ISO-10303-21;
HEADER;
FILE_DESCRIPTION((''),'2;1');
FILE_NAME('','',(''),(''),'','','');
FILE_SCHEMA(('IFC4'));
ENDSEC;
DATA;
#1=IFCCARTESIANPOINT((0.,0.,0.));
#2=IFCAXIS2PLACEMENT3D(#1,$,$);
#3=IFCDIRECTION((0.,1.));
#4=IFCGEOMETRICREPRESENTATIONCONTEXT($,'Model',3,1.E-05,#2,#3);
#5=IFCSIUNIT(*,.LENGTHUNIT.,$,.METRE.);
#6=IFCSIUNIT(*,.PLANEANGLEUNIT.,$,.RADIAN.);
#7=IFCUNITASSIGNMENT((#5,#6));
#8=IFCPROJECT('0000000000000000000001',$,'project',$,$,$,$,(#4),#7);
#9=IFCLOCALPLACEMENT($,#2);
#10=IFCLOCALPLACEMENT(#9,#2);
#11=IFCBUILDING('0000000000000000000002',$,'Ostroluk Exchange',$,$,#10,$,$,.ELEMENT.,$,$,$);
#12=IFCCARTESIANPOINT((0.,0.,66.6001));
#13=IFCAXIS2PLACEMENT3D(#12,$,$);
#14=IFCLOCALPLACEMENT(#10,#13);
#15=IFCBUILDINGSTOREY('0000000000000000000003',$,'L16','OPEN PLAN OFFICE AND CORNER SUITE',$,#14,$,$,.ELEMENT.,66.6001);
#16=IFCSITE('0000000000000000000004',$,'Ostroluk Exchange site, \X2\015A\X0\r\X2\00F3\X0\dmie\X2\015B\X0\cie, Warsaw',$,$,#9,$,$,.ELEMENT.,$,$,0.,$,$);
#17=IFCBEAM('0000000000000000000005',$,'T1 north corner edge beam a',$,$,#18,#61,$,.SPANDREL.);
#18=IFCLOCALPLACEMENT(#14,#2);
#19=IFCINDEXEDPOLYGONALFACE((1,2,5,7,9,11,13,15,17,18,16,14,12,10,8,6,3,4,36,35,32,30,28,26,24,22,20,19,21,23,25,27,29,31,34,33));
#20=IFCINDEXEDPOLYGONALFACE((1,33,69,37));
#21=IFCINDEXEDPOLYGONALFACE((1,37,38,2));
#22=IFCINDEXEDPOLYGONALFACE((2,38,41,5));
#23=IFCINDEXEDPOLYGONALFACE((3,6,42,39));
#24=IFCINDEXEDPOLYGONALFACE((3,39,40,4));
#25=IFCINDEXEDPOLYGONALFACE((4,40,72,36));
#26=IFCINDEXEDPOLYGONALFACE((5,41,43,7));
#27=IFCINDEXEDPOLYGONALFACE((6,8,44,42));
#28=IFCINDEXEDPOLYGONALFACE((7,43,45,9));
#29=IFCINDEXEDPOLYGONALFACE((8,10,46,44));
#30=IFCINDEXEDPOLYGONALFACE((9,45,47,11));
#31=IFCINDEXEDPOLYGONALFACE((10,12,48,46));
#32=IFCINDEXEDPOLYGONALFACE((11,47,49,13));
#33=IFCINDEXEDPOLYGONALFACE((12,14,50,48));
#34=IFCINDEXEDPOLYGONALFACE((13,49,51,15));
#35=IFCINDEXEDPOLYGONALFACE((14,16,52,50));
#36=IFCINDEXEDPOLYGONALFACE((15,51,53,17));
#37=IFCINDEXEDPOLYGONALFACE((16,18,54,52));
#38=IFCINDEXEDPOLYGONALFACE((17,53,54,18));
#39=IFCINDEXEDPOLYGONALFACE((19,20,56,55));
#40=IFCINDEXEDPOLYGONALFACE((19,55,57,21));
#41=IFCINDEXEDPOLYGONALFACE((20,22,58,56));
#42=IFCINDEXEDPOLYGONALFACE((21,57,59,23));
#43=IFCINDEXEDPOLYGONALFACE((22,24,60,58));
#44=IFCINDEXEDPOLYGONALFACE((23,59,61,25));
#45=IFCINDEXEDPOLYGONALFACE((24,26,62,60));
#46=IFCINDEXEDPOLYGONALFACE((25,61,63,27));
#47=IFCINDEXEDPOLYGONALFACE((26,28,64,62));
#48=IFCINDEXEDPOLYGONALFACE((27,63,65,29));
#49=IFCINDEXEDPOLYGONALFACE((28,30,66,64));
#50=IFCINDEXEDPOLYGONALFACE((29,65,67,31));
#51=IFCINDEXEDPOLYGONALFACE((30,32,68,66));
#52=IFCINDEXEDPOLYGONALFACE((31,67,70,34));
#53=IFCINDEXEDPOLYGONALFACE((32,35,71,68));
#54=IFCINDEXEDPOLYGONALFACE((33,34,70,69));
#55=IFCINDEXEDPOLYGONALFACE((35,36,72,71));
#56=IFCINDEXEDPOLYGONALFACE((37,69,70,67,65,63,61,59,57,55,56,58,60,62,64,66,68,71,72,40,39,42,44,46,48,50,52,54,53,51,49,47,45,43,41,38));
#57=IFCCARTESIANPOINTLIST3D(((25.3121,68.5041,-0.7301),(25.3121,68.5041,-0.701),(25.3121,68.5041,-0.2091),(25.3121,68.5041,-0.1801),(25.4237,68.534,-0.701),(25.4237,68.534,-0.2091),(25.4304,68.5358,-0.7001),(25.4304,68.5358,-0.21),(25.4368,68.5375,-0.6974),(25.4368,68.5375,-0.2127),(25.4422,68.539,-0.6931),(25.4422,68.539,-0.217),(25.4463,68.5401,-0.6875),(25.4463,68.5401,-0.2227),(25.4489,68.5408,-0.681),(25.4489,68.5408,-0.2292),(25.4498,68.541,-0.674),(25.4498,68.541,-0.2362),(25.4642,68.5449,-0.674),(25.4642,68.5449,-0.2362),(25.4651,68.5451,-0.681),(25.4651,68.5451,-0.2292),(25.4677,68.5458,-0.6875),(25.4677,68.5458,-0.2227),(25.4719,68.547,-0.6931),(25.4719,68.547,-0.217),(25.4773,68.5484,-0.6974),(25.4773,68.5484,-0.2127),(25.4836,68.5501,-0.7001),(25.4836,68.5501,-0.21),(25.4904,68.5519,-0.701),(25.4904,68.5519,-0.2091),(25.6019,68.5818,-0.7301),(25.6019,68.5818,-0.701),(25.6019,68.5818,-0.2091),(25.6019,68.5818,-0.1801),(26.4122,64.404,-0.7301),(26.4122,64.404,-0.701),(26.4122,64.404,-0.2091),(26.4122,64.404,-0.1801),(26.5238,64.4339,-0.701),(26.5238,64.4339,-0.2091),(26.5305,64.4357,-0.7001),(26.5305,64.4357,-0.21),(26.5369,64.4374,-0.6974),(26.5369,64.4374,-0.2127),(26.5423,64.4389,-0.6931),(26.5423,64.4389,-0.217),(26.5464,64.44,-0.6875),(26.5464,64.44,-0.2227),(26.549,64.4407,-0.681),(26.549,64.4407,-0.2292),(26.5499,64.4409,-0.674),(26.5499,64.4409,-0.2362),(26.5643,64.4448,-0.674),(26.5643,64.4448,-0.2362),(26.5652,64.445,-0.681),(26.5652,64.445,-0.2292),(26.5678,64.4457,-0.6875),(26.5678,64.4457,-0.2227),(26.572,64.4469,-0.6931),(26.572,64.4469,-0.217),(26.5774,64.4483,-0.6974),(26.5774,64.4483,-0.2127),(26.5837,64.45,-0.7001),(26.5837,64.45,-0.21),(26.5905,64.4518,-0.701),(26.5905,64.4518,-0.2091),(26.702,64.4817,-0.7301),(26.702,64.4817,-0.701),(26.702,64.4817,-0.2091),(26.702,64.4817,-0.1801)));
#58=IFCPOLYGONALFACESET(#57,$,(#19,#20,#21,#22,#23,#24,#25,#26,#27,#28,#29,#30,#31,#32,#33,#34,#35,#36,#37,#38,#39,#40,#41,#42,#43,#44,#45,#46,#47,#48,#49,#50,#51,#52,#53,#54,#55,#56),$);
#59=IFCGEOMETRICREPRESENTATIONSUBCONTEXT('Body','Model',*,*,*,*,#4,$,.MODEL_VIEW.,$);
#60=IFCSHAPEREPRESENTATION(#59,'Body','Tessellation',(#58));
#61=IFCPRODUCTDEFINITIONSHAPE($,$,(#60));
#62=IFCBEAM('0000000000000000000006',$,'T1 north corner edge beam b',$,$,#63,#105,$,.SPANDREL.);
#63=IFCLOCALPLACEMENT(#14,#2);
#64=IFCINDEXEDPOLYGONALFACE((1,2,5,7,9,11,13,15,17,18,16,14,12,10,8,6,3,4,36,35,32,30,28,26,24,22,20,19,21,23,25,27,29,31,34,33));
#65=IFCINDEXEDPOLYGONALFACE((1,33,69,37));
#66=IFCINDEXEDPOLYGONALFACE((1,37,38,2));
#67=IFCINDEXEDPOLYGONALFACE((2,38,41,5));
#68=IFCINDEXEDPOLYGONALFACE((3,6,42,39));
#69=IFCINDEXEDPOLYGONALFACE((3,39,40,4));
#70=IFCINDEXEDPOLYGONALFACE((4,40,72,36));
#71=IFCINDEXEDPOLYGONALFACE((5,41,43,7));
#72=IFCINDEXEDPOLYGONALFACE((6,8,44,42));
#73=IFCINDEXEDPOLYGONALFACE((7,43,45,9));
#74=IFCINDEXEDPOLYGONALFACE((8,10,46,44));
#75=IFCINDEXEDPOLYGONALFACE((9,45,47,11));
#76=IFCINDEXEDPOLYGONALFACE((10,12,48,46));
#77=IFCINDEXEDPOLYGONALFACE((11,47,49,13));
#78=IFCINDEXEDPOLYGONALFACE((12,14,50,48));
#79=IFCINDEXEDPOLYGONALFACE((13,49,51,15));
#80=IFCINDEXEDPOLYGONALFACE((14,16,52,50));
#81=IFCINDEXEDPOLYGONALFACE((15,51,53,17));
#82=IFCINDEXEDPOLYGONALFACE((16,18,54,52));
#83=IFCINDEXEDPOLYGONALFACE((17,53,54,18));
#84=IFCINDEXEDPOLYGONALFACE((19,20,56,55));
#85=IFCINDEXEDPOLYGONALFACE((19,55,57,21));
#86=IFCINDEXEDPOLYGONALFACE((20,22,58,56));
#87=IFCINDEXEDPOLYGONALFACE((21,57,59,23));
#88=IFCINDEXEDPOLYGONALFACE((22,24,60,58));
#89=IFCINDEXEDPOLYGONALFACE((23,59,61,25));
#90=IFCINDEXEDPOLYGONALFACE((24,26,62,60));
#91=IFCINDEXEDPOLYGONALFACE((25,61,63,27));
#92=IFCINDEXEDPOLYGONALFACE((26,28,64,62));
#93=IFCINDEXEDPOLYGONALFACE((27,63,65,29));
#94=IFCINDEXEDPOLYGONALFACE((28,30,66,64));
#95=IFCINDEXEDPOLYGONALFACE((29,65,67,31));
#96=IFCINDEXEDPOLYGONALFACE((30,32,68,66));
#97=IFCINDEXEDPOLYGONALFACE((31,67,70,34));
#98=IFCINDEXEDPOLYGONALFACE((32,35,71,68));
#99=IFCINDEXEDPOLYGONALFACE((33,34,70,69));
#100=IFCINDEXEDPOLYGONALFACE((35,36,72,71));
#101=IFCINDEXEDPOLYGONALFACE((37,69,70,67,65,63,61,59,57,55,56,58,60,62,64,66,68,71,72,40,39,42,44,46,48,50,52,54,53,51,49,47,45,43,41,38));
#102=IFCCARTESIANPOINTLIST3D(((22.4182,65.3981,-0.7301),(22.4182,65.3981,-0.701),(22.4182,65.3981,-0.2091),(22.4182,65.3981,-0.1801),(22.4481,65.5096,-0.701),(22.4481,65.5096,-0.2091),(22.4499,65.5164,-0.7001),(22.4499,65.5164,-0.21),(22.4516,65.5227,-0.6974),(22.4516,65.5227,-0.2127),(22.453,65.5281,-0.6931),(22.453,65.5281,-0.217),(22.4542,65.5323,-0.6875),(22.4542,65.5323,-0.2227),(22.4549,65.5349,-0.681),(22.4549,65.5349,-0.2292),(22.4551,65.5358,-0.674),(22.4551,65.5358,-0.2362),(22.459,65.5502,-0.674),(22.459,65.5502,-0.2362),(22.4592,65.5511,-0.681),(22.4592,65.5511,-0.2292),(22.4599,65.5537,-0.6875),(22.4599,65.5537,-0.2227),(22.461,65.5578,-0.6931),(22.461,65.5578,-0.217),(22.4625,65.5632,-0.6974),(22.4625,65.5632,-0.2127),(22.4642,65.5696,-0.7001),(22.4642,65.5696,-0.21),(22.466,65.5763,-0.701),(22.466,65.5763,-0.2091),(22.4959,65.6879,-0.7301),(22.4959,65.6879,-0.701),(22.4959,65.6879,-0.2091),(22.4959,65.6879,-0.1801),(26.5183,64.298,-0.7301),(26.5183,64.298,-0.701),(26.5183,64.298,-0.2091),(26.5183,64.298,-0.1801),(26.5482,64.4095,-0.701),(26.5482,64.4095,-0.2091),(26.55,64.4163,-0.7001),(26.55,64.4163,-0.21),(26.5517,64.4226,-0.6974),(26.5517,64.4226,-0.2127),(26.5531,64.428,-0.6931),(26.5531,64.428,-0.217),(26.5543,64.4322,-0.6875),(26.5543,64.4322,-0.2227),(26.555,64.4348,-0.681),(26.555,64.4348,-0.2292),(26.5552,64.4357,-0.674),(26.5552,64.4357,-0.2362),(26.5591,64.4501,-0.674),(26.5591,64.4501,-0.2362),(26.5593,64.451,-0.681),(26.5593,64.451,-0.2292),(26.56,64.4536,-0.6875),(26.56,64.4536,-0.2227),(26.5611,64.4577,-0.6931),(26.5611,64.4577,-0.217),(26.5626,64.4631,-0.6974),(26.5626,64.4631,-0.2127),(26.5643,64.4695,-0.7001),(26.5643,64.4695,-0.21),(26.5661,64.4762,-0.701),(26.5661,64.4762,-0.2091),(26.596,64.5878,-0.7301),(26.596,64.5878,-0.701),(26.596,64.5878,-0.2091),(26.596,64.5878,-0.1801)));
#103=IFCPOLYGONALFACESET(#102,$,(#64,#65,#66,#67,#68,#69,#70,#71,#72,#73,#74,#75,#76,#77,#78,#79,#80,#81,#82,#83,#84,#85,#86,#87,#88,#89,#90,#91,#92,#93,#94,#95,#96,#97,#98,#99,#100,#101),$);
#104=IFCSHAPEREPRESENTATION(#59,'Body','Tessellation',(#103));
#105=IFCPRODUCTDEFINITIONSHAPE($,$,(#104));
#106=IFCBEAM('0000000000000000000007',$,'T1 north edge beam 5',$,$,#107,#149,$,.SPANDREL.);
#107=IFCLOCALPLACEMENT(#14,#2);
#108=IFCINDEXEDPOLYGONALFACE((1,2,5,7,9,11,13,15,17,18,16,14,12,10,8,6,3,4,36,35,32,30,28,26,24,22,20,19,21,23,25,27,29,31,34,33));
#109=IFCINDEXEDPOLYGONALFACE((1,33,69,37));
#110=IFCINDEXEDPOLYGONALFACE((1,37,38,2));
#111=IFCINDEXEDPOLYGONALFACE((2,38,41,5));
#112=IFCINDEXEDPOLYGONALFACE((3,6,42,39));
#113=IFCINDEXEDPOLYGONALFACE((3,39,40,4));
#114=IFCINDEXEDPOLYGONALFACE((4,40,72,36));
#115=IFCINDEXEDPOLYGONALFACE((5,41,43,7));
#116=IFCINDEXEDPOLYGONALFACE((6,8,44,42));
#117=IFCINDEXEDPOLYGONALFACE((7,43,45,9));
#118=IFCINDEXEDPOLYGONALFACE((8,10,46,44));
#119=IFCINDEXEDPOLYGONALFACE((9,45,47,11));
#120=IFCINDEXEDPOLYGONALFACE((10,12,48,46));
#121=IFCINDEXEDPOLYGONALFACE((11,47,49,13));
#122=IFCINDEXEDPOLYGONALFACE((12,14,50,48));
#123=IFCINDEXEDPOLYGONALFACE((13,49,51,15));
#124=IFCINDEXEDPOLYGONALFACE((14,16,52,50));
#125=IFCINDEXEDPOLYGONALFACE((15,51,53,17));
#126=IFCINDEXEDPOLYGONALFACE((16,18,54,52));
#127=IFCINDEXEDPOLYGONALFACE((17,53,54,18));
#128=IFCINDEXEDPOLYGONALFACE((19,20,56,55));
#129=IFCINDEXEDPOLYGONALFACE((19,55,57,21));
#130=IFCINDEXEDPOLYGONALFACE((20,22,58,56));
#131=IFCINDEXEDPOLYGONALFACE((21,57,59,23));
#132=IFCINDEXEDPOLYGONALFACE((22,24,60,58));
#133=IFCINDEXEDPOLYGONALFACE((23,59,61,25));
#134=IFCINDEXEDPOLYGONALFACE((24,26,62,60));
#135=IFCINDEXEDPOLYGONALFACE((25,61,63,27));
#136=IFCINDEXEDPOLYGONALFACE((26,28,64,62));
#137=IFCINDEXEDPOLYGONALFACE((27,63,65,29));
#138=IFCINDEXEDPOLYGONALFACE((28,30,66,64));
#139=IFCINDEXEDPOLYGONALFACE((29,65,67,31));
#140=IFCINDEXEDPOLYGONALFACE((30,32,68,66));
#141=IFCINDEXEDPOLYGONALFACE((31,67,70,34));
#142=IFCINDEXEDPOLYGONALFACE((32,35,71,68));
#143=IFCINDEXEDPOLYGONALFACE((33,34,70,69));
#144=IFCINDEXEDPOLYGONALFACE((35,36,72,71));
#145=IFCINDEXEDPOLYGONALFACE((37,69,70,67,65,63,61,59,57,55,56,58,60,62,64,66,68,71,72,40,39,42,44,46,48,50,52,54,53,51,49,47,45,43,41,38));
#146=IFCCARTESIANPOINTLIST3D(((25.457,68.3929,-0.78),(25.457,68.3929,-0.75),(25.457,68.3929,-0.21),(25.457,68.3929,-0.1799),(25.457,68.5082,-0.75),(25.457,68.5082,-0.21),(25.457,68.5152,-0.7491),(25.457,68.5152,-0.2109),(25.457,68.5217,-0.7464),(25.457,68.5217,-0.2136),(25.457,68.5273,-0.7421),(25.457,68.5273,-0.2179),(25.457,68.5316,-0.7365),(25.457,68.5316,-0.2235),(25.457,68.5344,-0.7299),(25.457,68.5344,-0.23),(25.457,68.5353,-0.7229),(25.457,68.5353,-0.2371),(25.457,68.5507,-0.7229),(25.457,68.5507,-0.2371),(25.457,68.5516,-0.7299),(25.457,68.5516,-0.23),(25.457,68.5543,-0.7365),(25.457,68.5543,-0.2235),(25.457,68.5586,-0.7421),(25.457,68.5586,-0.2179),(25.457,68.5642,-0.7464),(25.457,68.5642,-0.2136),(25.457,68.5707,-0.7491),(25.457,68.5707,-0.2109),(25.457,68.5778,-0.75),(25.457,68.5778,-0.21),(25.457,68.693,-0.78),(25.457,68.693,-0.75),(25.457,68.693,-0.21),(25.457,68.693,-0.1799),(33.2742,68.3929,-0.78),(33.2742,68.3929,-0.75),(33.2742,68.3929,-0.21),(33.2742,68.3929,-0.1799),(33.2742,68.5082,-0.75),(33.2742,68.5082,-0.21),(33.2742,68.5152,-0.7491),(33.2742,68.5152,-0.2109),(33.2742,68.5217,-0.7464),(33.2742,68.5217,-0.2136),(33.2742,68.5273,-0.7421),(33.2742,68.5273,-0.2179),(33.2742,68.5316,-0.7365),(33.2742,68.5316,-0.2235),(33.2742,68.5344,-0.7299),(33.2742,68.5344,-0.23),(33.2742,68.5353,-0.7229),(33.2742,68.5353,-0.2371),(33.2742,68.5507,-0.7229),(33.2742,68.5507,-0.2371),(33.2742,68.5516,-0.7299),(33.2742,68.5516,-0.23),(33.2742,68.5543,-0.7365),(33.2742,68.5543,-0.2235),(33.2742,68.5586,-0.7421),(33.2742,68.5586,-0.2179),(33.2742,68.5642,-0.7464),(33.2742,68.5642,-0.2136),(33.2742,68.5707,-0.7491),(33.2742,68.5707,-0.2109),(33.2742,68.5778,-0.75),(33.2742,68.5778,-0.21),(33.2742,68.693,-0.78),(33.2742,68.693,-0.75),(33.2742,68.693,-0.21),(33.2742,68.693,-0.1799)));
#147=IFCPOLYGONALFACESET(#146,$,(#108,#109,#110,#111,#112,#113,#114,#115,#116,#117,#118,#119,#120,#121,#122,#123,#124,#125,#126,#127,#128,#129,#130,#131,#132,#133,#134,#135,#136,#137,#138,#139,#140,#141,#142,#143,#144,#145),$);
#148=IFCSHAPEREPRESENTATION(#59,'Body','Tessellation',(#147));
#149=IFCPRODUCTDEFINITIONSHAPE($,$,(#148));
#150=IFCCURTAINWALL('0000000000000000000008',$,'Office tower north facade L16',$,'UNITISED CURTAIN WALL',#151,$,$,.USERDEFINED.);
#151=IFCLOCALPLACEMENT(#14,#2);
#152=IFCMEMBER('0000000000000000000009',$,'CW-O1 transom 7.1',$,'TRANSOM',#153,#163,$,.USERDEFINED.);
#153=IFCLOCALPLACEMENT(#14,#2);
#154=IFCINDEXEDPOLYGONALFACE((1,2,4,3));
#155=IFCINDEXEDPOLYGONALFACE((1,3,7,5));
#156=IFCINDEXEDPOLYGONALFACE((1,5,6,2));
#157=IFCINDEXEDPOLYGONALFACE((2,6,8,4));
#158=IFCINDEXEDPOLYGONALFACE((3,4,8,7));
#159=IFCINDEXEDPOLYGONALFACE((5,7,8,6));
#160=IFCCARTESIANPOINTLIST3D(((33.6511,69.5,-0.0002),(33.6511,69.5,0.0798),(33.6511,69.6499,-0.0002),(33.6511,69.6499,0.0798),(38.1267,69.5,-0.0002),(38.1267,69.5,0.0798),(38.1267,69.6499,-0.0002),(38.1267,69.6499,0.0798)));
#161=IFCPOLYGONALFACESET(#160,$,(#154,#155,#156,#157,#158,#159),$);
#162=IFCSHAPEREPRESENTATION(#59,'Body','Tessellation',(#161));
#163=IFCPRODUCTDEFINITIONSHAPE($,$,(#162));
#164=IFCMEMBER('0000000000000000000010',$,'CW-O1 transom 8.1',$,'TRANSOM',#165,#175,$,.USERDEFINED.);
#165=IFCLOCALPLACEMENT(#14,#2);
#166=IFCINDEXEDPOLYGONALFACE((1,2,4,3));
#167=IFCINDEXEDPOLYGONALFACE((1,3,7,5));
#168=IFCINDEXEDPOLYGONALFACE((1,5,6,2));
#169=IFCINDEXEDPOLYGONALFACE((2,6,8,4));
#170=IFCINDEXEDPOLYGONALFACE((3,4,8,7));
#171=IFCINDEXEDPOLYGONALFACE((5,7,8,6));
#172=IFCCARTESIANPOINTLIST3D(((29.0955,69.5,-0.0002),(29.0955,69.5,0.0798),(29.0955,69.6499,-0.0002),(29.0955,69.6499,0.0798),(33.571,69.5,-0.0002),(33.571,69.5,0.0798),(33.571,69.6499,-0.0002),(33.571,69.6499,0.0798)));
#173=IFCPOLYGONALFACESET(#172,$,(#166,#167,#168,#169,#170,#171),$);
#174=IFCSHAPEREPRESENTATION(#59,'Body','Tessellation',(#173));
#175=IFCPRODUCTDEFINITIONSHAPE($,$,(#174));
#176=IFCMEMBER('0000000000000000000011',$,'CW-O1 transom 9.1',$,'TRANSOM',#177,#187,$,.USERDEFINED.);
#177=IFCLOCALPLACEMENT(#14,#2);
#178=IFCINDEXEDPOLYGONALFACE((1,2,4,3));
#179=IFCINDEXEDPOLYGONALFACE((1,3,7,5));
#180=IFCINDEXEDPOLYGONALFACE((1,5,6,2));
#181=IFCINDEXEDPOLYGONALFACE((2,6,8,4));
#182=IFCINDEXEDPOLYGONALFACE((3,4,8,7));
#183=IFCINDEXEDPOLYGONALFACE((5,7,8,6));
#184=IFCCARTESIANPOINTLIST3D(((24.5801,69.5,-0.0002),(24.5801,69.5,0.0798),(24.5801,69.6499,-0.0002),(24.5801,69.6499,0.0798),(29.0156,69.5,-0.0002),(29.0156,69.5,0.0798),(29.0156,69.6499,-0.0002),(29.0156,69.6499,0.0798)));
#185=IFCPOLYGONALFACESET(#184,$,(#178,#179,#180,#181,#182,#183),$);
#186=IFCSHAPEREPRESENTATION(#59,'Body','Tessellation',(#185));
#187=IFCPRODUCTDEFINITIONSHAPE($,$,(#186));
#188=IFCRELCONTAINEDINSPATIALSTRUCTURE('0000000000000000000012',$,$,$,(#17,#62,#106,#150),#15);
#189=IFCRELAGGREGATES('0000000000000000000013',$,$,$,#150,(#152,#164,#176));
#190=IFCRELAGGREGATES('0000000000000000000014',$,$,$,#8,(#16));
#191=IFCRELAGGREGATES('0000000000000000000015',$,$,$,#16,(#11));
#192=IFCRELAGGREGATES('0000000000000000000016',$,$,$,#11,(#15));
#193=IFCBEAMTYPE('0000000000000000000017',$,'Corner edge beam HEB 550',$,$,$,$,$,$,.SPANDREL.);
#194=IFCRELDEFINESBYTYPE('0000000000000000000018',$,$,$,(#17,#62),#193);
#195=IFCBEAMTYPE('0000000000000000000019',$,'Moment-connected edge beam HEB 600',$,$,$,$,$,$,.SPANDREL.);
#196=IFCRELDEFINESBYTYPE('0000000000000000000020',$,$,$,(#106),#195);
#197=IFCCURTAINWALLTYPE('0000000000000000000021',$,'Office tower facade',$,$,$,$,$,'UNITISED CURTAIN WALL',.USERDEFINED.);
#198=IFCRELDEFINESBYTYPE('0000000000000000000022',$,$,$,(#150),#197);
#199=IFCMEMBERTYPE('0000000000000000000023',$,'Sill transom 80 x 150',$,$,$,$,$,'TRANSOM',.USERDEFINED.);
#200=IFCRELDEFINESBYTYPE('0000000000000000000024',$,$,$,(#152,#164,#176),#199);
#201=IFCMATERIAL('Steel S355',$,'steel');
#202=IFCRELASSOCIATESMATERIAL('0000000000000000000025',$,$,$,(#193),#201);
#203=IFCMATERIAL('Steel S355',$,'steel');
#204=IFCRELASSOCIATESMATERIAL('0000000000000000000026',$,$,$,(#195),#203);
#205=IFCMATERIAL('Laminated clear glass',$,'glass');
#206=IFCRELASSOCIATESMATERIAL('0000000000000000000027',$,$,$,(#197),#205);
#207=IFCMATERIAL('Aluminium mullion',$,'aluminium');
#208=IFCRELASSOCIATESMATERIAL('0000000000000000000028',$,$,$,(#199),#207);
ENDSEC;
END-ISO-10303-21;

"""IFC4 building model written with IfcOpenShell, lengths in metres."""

from ifc_helpers import new_model, si_unit, direction, frame, origin, origin_2d, place, context, subcontext, project, spatial, rectangle, i_section, extrude, material, material_profile, profile_set, type_object, element, aggregate, save


model = new_model("IFC4")

# Units and contexts
model_context = context("Model", 3, precision=1e-05, world=origin(), true_north=direction((0.0, 1.0)))
body_context = subcontext(model_context, "Body", "Model", "MODEL_VIEW")
ifc_project = project(units=[si_unit("LENGTHUNIT", "METRE"), si_unit("PLANEANGLEUNIT", "RADIAN")], contexts=[model_context])

# Site, building, storey
site_placement = place(None, origin())
site = spatial("IfcSite", under=ifc_project, at=site_placement, Name="Ostroluk Exchange site, Śródmieście, Warsaw", CompositionType="ELEMENT", RefElevation=0.0)
building_placement = place(site_placement, origin())
building = spatial("IfcBuilding", under=site, at=building_placement, Name="Ostroluk Exchange", CompositionType="ELEMENT")
storey_placement = place(building_placement, frame((0.0, 0.0, 66.6001)))
storey = spatial("IfcBuildingStorey", under=building, at=storey_placement, Name="L16", Description="OPEN PLAN OFFICE AND CORNER SUITE", CompositionType="ELEMENT", Elevation=66.6001)

# Beams
ifc_material_1 = material(Name="Steel S355", Category="steel")
ifc_material_profile_1 = material_profile(ifc_material_1, i_section(OverallWidth=0.3, OverallDepth=0.55, WebThickness=0.0149, FlangeThickness=0.0291, FilletRadius=0.0271, at=origin_2d()), Name="HEB 550")
ifc_profile_set_1 = profile_set([ifc_material_profile_1], Name="Steel S355")
beam_type_1 = type_object("IfcBeamType", Name="Corner edge beam HEB 550", PredefinedType="SPANDREL", material=ifc_profile_set_1)
for number, where, z_axis, x_axis, name in (
    (1, (26.5571, 64.4429, -0.4551), (-0.259144, 0.965839, 0.0), (-0.965839, -0.259144, 0.0), "T1 north corner edge beam a"),
    (2, (26.5571, 64.4429, -0.4551), (-0.965839, 0.259144, 0.0), (-0.259144, -0.965839, 0.0), "T1 north corner edge beam b"),
):
    element("IfcBeam", number, at=place(storey_placement, frame(where, z_axis=z_axis, x_axis=x_axis)), inside=storey, type_object=beam_type_1, Name=name, PredefinedType="SPANDREL", context=body_context, shape_type="SweptSolid", body=[
        extrude(i_section(OverallWidth=0.3, OverallDepth=0.55, WebThickness=0.0149, FlangeThickness=0.0291, FilletRadius=0.0271, at=origin_2d()), origin(), (0.0, 0.0, 1.0), 4.2451),
    ])
ifc_material_2 = material(Name="Steel S355", Category="steel")
ifc_material_profile_2 = material_profile(ifc_material_2, i_section(OverallWidth=0.3, OverallDepth=0.6001, WebThickness=0.0154, FlangeThickness=0.03, FilletRadius=0.0271, at=origin_2d()), Name="HEB 600")
ifc_profile_set_2 = profile_set([ifc_material_profile_2], Name="Steel S355")
beam_type_2 = type_object("IfcBeamType", Name="Moment-connected edge beam HEB 600", PredefinedType="SPANDREL", material=ifc_profile_set_2)
beam_1_placement = place(storey_placement, frame((33.2742, 68.543, -0.48), z_axis=(-1.0, 0.0, 0.0), x_axis=(0.0, -1.0, 0.0)))
element("IfcBeam", 3, at=beam_1_placement, inside=storey, type_object=beam_type_2, Name="T1 north edge beam 5", PredefinedType="SPANDREL", context=body_context, shape_type="SweptSolid", body=[
    extrude(i_section(OverallWidth=0.3, OverallDepth=0.6001, WebThickness=0.0154, FlangeThickness=0.03, FilletRadius=0.0271, at=origin_2d()), origin(), (0.0, 0.0, 1.0), 7.8171),
])

# Curtain wall, members
ifc_material_3 = material(Name="Laminated clear glass", Category="glass")
curtain_wall_type = type_object("IfcCurtainWallType", Name="Office tower facade", ElementType="UNITISED CURTAIN WALL", PredefinedType="USERDEFINED", material=ifc_material_3)
curtain_wall_placement = place(storey_placement, origin())
curtain_wall = element("IfcCurtainWall", 4, at=curtain_wall_placement, inside=storey, type_object=curtain_wall_type, Name="Office tower north facade L16", ObjectType="UNITISED CURTAIN WALL", PredefinedType="USERDEFINED")
ifc_material_4 = material(Name="Aluminium mullion", Category="aluminium")
ifc_material_profile_3 = material_profile(ifc_material_4, rectangle(XDim=0.1499, YDim=0.0801, at=origin_2d()), Name="Sill transom 80 x 150")
ifc_profile_set_3 = profile_set([ifc_material_profile_3], Name="Aluminium mullion")
member_type_1 = type_object("IfcMemberType", Name="Sill transom 80 x 150", ElementType="TRANSOM", PredefinedType="USERDEFINED", material=ifc_profile_set_3)
member_1_placement = place(storey_placement, frame((38.1267, 69.575, 0.0398), z_axis=(-1.0, 0.0, 0.0), x_axis=(0.0, -1.0, 0.0)))
member_1 = element("IfcMember", 5, at=member_1_placement, type_object=member_type_1, Name="CW-O1 transom 7.1", ObjectType="TRANSOM", PredefinedType="USERDEFINED", context=body_context, shape_type="SweptSolid", body=[
    extrude(rectangle(XDim=0.1499, YDim=0.0801, at=origin_2d()), origin(), (0.0, 0.0, 1.0), 4.4756),
])
member_2_placement = place(storey_placement, frame((33.571, 69.575, 0.0398), z_axis=(-1.0, 0.0, 0.0), x_axis=(0.0, -1.0, 0.0)))
member_2 = element("IfcMember", 6, at=member_2_placement, type_object=member_type_1, Name="CW-O1 transom 8.1", ObjectType="TRANSOM", PredefinedType="USERDEFINED", context=body_context, shape_type="SweptSolid", body=[
    extrude(rectangle(XDim=0.1499, YDim=0.0801, at=origin_2d()), origin(), (0.0, 0.0, 1.0), 4.4756),
])
member_3_placement = place(storey_placement, frame((29.0156, 69.575, 0.0398), z_axis=(-1.0, 0.0, 0.0), x_axis=(0.0, -1.0, 0.0)))
member_3 = element("IfcMember", 7, at=member_3_placement, type_object=member_type_1, Name="CW-O1 transom 9.1", ObjectType="TRANSOM", PredefinedType="USERDEFINED", context=body_context, shape_type="SweptSolid", body=[
    extrude(rectangle(XDim=0.1499, YDim=0.0801, at=origin_2d()), origin(), (0.0, 0.0, 1.0), 4.4355),
])
aggregate(curtain_wall, [member_1, member_2, member_3])

save(model, "model.ifc")
